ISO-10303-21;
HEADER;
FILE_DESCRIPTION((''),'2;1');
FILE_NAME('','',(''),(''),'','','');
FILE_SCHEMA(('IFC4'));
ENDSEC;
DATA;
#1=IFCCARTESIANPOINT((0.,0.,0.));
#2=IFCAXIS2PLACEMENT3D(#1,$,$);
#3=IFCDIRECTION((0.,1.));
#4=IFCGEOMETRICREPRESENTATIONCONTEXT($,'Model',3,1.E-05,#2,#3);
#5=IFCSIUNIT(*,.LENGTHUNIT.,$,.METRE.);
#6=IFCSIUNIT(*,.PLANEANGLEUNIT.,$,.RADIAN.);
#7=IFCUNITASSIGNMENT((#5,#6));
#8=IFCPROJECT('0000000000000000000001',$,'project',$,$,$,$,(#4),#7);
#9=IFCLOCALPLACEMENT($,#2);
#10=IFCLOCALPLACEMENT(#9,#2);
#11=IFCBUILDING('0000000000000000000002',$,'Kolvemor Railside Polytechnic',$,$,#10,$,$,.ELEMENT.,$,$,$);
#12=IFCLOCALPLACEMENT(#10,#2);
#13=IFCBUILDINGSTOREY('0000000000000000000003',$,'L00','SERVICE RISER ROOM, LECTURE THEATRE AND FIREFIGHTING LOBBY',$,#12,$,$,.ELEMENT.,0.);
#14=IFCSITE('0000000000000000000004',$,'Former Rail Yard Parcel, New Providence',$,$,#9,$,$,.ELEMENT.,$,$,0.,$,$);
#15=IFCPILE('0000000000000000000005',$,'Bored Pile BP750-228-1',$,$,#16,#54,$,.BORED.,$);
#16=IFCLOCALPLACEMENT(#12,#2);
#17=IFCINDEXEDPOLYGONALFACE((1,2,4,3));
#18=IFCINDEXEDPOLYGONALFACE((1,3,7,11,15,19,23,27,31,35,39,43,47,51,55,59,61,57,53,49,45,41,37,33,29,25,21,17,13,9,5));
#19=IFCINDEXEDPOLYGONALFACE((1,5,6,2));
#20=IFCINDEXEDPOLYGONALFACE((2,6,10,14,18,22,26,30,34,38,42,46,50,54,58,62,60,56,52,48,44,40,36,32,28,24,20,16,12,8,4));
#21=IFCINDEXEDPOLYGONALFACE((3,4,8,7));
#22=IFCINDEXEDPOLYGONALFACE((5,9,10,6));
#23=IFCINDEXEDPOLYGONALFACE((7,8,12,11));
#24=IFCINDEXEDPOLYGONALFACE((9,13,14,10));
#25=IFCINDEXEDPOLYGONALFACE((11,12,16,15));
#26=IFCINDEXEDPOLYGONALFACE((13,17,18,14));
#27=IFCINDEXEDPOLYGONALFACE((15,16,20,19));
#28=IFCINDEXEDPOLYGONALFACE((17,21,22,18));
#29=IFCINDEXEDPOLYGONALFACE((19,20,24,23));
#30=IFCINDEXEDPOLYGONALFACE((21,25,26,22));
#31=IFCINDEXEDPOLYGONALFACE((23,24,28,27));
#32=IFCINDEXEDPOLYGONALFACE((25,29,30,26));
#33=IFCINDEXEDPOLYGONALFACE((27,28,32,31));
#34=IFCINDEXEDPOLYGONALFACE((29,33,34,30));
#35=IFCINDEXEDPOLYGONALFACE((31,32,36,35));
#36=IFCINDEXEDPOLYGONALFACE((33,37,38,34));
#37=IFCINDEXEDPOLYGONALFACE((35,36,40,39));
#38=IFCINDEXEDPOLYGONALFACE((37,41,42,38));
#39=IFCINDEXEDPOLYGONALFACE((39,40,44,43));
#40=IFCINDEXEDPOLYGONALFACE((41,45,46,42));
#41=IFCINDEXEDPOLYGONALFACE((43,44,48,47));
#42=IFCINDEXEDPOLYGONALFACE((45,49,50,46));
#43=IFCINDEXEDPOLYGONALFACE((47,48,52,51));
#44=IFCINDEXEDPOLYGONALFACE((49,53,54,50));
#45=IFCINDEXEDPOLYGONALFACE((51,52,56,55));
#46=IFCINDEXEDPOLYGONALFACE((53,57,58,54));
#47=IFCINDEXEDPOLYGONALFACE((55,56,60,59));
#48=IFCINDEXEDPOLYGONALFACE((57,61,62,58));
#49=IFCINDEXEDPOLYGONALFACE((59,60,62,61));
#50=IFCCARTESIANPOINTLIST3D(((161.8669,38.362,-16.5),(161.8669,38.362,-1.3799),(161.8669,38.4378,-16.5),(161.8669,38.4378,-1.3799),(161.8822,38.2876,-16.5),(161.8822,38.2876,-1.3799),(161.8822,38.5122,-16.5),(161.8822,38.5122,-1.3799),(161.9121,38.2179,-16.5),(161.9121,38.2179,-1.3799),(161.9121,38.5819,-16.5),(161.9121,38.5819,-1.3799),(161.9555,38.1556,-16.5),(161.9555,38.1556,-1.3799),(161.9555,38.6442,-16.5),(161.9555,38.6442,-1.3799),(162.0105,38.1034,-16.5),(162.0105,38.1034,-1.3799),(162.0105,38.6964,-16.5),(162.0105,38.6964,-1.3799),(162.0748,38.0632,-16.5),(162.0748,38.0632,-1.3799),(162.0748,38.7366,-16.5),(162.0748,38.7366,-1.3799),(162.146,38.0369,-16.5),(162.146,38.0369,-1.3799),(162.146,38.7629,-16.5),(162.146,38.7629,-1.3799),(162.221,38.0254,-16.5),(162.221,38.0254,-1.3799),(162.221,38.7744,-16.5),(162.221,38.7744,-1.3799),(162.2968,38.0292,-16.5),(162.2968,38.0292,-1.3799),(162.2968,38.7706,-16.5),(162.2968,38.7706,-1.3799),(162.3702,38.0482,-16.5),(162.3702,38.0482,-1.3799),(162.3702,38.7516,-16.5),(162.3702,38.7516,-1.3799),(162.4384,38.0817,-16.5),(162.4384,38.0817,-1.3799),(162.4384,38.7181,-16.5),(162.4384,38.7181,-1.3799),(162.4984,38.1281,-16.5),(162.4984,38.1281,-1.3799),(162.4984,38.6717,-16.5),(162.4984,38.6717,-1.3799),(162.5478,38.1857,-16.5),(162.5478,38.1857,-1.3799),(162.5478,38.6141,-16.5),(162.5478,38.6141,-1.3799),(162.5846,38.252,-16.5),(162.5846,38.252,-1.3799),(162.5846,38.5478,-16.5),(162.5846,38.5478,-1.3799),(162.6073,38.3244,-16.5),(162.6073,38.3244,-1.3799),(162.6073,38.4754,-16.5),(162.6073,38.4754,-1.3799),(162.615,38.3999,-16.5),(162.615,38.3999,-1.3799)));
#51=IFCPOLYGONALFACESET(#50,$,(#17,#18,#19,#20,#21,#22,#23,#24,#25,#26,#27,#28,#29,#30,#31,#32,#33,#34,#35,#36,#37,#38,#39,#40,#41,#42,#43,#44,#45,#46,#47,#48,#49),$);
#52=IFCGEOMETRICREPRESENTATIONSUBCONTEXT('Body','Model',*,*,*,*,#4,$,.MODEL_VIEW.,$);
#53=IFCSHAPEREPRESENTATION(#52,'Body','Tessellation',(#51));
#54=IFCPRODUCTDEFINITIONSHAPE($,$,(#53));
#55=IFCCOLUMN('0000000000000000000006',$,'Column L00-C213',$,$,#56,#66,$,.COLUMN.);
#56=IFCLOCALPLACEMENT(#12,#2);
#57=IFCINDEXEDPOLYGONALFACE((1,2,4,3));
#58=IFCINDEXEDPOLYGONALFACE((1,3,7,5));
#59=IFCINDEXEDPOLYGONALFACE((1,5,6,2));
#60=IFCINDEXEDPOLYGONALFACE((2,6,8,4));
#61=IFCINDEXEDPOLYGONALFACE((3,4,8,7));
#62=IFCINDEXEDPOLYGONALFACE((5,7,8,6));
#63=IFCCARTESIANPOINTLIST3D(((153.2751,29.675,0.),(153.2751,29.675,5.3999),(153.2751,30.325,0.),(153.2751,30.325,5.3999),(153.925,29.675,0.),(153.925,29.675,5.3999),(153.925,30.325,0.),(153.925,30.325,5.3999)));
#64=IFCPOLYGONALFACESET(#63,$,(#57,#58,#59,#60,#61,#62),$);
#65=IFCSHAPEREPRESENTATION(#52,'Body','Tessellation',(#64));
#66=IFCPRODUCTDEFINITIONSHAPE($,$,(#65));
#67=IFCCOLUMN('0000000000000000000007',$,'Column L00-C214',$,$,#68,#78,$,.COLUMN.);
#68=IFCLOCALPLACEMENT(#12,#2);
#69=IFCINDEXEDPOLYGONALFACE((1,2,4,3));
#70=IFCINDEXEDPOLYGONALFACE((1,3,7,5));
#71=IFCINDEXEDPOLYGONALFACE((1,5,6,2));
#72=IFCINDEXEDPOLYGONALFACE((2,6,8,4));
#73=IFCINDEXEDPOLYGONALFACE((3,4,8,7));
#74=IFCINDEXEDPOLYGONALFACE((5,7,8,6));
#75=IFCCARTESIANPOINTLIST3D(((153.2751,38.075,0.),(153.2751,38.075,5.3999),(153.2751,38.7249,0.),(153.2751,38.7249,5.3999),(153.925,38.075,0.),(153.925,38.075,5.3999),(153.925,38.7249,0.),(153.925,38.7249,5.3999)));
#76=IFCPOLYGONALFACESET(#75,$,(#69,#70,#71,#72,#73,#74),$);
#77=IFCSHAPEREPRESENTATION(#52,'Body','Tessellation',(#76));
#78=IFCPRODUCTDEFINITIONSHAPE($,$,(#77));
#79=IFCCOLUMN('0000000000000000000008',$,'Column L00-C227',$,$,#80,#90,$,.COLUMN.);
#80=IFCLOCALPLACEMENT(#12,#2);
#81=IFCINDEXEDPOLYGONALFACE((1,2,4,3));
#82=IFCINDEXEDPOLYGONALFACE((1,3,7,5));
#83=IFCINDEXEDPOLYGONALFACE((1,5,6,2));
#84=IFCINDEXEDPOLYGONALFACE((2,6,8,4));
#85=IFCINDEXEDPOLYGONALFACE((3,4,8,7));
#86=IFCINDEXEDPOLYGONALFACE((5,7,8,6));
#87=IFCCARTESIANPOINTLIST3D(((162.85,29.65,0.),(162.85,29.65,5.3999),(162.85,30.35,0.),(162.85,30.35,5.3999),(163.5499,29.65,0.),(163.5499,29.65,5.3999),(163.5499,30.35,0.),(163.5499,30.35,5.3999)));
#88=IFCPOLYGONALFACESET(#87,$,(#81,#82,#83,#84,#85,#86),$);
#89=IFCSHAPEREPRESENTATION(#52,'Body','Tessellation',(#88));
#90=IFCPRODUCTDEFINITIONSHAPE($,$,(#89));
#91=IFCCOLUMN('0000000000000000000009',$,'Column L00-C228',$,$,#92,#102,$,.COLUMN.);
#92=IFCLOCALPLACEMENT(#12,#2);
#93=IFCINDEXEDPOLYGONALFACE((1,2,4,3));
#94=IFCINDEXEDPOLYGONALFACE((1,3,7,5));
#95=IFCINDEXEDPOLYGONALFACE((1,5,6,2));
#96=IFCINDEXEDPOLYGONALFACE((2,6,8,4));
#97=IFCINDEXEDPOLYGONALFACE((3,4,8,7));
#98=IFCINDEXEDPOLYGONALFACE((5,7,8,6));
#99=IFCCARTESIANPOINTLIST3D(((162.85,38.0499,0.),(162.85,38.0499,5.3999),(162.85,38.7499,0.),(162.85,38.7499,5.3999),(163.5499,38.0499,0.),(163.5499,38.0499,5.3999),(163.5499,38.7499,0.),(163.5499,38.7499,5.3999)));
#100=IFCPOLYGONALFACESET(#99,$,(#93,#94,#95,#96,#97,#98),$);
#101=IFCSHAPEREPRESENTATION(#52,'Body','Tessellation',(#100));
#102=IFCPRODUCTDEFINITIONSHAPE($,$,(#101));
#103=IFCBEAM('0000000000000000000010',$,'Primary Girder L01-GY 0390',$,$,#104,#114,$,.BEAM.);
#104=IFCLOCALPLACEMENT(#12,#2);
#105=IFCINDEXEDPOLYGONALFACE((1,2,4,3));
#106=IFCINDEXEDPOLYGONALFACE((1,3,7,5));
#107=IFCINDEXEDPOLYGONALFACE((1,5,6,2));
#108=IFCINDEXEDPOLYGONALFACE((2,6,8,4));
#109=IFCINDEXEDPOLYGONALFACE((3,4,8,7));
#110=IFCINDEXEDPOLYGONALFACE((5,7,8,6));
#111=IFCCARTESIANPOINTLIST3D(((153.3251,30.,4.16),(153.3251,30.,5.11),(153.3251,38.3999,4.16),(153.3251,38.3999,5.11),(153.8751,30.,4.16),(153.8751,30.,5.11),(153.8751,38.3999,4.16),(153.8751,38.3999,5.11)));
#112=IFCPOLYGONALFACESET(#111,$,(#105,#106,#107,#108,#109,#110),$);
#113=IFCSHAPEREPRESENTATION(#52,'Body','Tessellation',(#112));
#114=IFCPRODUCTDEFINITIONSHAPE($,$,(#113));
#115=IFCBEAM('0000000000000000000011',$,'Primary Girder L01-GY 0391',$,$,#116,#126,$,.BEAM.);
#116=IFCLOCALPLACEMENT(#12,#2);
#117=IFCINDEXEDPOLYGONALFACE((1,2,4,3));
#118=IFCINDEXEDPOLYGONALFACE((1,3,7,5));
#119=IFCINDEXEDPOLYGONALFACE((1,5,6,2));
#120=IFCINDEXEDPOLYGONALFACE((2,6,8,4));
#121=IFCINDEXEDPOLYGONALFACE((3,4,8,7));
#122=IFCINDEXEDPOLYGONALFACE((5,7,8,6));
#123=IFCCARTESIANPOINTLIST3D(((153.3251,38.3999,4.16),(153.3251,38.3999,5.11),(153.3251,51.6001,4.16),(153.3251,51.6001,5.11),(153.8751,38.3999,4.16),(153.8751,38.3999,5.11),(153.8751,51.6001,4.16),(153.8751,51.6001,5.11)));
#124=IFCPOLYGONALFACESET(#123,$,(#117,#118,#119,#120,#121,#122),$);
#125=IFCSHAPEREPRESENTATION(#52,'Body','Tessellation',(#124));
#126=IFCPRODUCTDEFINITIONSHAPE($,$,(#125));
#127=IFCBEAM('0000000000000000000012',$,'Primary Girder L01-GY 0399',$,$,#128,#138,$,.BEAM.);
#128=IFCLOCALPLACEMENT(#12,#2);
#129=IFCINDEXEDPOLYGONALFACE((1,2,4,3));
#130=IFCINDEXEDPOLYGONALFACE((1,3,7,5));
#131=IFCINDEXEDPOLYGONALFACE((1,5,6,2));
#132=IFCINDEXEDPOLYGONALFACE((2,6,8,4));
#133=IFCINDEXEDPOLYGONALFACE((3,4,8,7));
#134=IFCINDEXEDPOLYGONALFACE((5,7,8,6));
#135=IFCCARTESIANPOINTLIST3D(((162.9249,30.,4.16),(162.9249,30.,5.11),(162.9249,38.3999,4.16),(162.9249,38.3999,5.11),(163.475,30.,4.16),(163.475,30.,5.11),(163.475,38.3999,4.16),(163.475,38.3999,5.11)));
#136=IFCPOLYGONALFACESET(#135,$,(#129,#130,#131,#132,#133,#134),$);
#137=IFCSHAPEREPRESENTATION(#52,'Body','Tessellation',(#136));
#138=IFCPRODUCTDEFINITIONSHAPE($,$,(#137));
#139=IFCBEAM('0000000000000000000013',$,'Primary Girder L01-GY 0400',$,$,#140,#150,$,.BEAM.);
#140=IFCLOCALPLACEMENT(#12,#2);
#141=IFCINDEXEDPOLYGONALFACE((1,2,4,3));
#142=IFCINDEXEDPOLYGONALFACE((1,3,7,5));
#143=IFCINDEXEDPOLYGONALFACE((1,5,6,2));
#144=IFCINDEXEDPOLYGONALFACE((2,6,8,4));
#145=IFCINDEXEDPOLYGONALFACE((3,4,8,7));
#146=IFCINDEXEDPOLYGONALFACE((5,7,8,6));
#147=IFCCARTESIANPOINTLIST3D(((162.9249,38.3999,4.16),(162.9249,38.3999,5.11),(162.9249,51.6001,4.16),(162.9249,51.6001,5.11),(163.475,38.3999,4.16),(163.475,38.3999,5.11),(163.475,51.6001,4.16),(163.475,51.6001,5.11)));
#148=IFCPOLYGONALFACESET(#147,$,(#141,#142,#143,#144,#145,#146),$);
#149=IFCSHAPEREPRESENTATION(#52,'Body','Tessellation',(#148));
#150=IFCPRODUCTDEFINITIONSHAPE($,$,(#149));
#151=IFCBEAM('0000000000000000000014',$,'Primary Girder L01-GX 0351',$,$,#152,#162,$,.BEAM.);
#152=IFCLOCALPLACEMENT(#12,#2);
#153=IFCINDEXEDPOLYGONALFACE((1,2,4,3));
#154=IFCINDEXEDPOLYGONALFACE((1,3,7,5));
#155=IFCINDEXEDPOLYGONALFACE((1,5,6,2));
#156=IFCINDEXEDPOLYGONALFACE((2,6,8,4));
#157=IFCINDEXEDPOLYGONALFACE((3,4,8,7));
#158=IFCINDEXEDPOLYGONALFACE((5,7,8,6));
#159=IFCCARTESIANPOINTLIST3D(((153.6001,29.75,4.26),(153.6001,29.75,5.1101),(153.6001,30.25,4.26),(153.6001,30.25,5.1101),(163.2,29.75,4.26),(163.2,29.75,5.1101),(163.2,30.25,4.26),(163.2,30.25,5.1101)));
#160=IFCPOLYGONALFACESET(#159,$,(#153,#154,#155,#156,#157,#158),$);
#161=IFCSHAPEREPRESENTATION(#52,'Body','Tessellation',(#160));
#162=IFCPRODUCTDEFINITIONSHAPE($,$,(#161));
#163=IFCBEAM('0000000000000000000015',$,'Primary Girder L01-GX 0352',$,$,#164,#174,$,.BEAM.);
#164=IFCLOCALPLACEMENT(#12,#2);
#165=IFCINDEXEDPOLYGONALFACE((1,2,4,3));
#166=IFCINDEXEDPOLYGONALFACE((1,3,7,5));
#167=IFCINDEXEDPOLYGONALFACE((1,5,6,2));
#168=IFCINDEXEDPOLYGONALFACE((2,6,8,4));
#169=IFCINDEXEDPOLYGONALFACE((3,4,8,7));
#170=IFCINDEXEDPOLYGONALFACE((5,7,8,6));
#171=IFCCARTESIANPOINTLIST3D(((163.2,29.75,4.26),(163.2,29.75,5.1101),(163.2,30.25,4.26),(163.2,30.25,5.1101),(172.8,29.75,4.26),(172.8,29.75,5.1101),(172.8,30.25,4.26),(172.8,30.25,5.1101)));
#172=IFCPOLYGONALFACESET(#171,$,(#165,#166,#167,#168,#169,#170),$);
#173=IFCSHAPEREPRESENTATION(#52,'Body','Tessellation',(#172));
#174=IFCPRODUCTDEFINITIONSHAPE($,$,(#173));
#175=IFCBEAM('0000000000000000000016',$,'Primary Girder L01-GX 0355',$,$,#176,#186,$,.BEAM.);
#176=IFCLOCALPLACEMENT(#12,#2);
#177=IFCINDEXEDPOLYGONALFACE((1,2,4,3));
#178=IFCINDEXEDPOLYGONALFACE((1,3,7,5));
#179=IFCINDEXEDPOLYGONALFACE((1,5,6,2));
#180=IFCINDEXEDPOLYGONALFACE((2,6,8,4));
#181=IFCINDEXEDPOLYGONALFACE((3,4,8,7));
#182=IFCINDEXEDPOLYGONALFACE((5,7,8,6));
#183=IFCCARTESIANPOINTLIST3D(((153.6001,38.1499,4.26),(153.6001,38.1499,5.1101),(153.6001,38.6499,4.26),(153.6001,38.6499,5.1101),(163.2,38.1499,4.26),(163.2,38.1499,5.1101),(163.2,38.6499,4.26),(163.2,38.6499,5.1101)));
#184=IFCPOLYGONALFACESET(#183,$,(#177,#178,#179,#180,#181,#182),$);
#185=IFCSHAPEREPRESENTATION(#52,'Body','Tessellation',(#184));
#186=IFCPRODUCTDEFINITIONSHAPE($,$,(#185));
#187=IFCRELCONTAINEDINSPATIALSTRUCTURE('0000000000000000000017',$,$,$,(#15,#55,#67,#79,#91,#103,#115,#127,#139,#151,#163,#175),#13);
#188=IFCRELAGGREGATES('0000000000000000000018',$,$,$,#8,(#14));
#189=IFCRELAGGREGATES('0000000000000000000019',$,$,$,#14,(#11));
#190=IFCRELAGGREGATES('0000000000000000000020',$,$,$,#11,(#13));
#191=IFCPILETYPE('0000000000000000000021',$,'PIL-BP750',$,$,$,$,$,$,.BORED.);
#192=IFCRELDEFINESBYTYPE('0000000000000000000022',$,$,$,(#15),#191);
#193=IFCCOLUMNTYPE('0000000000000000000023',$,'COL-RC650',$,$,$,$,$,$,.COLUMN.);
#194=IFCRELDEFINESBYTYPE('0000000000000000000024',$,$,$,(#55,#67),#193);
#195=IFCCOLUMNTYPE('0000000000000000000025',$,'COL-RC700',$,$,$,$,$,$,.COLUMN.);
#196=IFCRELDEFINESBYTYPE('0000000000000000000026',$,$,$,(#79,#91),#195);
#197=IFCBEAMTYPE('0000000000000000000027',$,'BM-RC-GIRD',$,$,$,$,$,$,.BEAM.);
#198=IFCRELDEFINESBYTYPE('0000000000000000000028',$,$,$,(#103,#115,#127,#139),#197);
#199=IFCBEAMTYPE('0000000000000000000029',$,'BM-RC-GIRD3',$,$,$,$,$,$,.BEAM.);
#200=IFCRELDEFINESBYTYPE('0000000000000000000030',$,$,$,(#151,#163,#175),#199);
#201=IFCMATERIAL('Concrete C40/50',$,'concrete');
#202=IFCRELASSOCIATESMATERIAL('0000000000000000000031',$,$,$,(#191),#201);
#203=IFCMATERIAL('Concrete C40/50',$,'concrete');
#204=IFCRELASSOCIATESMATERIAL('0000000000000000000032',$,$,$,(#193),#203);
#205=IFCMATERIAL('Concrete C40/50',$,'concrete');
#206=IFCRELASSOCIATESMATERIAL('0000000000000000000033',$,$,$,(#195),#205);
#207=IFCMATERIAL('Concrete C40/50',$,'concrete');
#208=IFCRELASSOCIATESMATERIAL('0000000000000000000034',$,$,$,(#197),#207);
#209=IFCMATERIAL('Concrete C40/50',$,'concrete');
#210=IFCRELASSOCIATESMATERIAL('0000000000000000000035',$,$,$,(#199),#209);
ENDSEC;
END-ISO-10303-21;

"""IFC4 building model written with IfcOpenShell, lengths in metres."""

from ifc_helpers import new_model, si_unit, direction, frame, origin, origin_2d, place, context, subcontext, project, spatial, rectangle, circle, extrude, material, material_profile, profile_set, type_object, element, save


model = new_model("IFC4")

# Units and contexts
model_context = context("Model", 3, precision=1e-05, world=origin(), true_north=direction((0.0, 1.0)))
body_context = subcontext(model_context, "Body", "Model", "MODEL_VIEW")
ifc_project = project(units=[si_unit("LENGTHUNIT", "METRE"), si_unit("PLANEANGLEUNIT", "RADIAN")], contexts=[model_context])

# Site, building, storey
site_placement = place(None, origin())
site = spatial("IfcSite", under=ifc_project, at=site_placement, Name="Former Rail Yard Parcel, New Providence", CompositionType="ELEMENT", RefElevation=0.0)
building_placement = place(site_placement, origin())
building = spatial("IfcBuilding", under=site, at=building_placement, Name="Kolvemor Railside Polytechnic", CompositionType="ELEMENT")
storey_placement = place(building_placement, origin())
storey = spatial("IfcBuildingStorey", under=building, at=storey_placement, Name="L00", Description="SERVICE RISER ROOM, LECTURE THEATRE AND FIREFIGHTING LOBBY", CompositionType="ELEMENT", Elevation=0.0)

# Pile
ifc_material_1 = material(Name="Concrete C40/50", Category="concrete")
ifc_material_profile_1 = material_profile(ifc_material_1, circle(Radius=0.375, at=origin_2d()), Name="BP750")
ifc_profile_set_1 = profile_set([ifc_material_profile_1], Name="Concrete C40/50")
pile_type = type_object("IfcPileType", Name="PIL-BP750", PredefinedType="BORED", material=ifc_profile_set_1)
pile_1_placement = place(storey_placement, frame((162.24, 38.3999, -1.3799), z_axis=(0.0, 0.0, -1.0), x_axis=(1.0, 0.0, 0.0)))
element("IfcPile", 1, at=pile_1_placement, inside=storey, type_object=pile_type, Name="Bored Pile BP750-228-1", PredefinedType="BORED", context=body_context, shape_type="SweptSolid", body=[
    extrude(circle(Radius=0.375, at=origin_2d()), origin(), (0.0, 0.0, 1.0), 15.1201),
])

# Columns
ifc_material_2 = material(Name="Concrete C40/50", Category="concrete")
ifc_material_profile_2 = material_profile(ifc_material_2, rectangle(XDim=0.6499, YDim=0.6499, at=origin_2d()), Name="RC650x650")
ifc_profile_set_2 = profile_set([ifc_material_profile_2], Name="Concrete C40/50")
column_type_1 = type_object("IfcColumnType", Name="COL-RC650", PredefinedType="COLUMN", material=ifc_profile_set_2)
for number, where, z_axis, x_axis, name in (
    (2, (153.6001, 30.0, 0.0), (0.0, 0.0, 1.0), (1.0, 0.0, 0.0), "Column L00-C213"),
    (3, (153.6001, 38.3999, 0.0), (0.0, 0.0, 1.0), (1.0, 0.0, 0.0), "Column L00-C214"),
):
    element("IfcColumn", number, at=place(storey_placement, frame(where, z_axis=z_axis, x_axis=x_axis)), inside=storey, type_object=column_type_1, Name=name, PredefinedType="COLUMN", context=body_context, shape_type="SweptSolid", body=[
        extrude(rectangle(XDim=0.6499, YDim=0.6499, at=origin_2d()), origin(), (0.0, 0.0, 1.0), 5.3999),
    ])
ifc_material_3 = material(Name="Concrete C40/50", Category="concrete")
ifc_material_profile_3 = material_profile(ifc_material_3, rectangle(XDim=0.7, YDim=0.7, at=origin_2d()), Name="RC700x700")
ifc_profile_set_3 = profile_set([ifc_material_profile_3], Name="Concrete C40/50")
column_type_2 = type_object("IfcColumnType", Name="COL-RC700", PredefinedType="COLUMN", material=ifc_profile_set_3)
for number, where, z_axis, x_axis, name in (
    (4, (163.2, 30.0, 0.0), (0.0, 0.0, 1.0), (1.0, 0.0, 0.0), "Column L00-C227"),
    (5, (163.2, 38.3999, 0.0), (0.0, 0.0, 1.0), (1.0, 0.0, 0.0), "Column L00-C228"),
):
    element("IfcColumn", number, at=place(storey_placement, frame(where, z_axis=z_axis, x_axis=x_axis)), inside=storey, type_object=column_type_2, Name=name, PredefinedType="COLUMN", context=body_context, shape_type="SweptSolid", body=[
        extrude(rectangle(XDim=0.7, YDim=0.7, at=origin_2d()), origin(), (0.0, 0.0, 1.0), 5.3999),
    ])

# Beams
ifc_material_4 = material(Name="Concrete C40/50", Category="concrete")
ifc_material_profile_4 = material_profile(ifc_material_4, rectangle(XDim=0.55, YDim=0.95, at=origin_2d()), Name="RC550x950")
ifc_profile_set_4 = profile_set([ifc_material_profile_4], Name="Concrete C40/50")
beam_type_1 = type_object("IfcBeamType", Name="BM-RC-GIRD", PredefinedType="BEAM", material=ifc_profile_set_4)
beam_1_placement = place(storey_placement, frame((153.6001, 30.0, 4.635), z_axis=(0.0, 1.0, 0.0), x_axis=(-1.0, 0.0, 0.0)))
element("IfcBeam", 6, at=beam_1_placement, inside=storey, type_object=beam_type_1, Name="Primary Girder L01-GY 0390", PredefinedType="BEAM", context=body_context, shape_type="SweptSolid", body=[
    extrude(rectangle(XDim=0.55, YDim=0.95, at=origin_2d()), origin(), (0.0, 0.0, 1.0), 8.3999),
])
beam_2_placement = place(storey_placement, frame((153.6001, 38.3999, 4.635), z_axis=(0.0, 1.0, 0.0), x_axis=(-1.0, 0.0, 0.0)))
element("IfcBeam", 7, at=beam_2_placement, inside=storey, type_object=beam_type_1, Name="Primary Girder L01-GY 0391", PredefinedType="BEAM", context=body_context, shape_type="SweptSolid", body=[
    extrude(rectangle(XDim=0.55, YDim=0.95, at=origin_2d()), origin(), (0.0, 0.0, 1.0), 13.2002),
])
beam_3_placement = place(storey_placement, frame((163.2, 30.0, 4.635), z_axis=(0.0, 1.0, 0.0), x_axis=(-1.0, 0.0, 0.0)))
element("IfcBeam", 8, at=beam_3_placement, inside=storey, type_object=beam_type_1, Name="Primary Girder L01-GY 0399", PredefinedType="BEAM", context=body_context, shape_type="SweptSolid", body=[
    extrude(rectangle(XDim=0.55, YDim=0.95, at=origin_2d()), origin(), (0.0, 0.0, 1.0), 8.3999),
])
beam_4_placement = place(storey_placement, frame((163.2, 38.3999, 4.635), z_axis=(0.0, 1.0, 0.0), x_axis=(-1.0, 0.0, 0.0)))
element("IfcBeam", 9, at=beam_4_placement, inside=storey, type_object=beam_type_1, Name="Primary Girder L01-GY 0400", PredefinedType="BEAM", context=body_context, shape_type="SweptSolid", body=[
    extrude(rectangle(XDim=0.55, YDim=0.95, at=origin_2d()), origin(), (0.0, 0.0, 1.0), 13.2002),
])
ifc_material_5 = material(Name="Concrete C40/50", Category="concrete")
ifc_material_profile_5 = material_profile(ifc_material_5, rectangle(XDim=0.5, YDim=0.8501, at=origin_2d()), Name="RC500x850")
ifc_profile_set_5 = profile_set([ifc_material_profile_5], Name="Concrete C40/50")
beam_type_2 = type_object("IfcBeamType", Name="BM-RC-GIRD3", PredefinedType="BEAM", material=ifc_profile_set_5)
beam_5_placement = place(storey_placement, frame((153.6001, 30.0, 4.6851), z_axis=(1.0, 0.0, 0.0), x_axis=(0.0, 1.0, 0.0)))
element("IfcBeam", 10, at=beam_5_placement, inside=storey, type_object=beam_type_2, Name="Primary Girder L01-GX 0351", PredefinedType="BEAM", context=body_context, shape_type="SweptSolid", body=[
    extrude(rectangle(XDim=0.5, YDim=0.8501, at=origin_2d()), origin(), (0.0, 0.0, 1.0), 9.5999),
])
beam_6_placement = place(storey_placement, frame((163.2, 30.0, 4.6851), z_axis=(1.0, 0.0, 0.0), x_axis=(0.0, 1.0, 0.0)))
element("IfcBeam", 11, at=beam_6_placement, inside=storey, type_object=beam_type_2, Name="Primary Girder L01-GX 0352", PredefinedType="BEAM", context=body_context, shape_type="SweptSolid", body=[
    extrude(rectangle(XDim=0.5, YDim=0.8501, at=origin_2d()), origin(), (0.0, 0.0, 1.0), 9.6001),
])
beam_7_placement = place(storey_placement, frame((153.6001, 38.3999, 4.6851), z_axis=(1.0, 0.0, 0.0), x_axis=(0.0, 1.0, 0.0)))
element("IfcBeam", 12, at=beam_7_placement, inside=storey, type_object=beam_type_2, Name="Primary Girder L01-GX 0355", PredefinedType="BEAM", context=body_context, shape_type="SweptSolid", body=[
    extrude(rectangle(XDim=0.5, YDim=0.8501, at=origin_2d()), origin(), (0.0, 0.0, 1.0), 9.5999),
])

save(model, "model.ifc")
